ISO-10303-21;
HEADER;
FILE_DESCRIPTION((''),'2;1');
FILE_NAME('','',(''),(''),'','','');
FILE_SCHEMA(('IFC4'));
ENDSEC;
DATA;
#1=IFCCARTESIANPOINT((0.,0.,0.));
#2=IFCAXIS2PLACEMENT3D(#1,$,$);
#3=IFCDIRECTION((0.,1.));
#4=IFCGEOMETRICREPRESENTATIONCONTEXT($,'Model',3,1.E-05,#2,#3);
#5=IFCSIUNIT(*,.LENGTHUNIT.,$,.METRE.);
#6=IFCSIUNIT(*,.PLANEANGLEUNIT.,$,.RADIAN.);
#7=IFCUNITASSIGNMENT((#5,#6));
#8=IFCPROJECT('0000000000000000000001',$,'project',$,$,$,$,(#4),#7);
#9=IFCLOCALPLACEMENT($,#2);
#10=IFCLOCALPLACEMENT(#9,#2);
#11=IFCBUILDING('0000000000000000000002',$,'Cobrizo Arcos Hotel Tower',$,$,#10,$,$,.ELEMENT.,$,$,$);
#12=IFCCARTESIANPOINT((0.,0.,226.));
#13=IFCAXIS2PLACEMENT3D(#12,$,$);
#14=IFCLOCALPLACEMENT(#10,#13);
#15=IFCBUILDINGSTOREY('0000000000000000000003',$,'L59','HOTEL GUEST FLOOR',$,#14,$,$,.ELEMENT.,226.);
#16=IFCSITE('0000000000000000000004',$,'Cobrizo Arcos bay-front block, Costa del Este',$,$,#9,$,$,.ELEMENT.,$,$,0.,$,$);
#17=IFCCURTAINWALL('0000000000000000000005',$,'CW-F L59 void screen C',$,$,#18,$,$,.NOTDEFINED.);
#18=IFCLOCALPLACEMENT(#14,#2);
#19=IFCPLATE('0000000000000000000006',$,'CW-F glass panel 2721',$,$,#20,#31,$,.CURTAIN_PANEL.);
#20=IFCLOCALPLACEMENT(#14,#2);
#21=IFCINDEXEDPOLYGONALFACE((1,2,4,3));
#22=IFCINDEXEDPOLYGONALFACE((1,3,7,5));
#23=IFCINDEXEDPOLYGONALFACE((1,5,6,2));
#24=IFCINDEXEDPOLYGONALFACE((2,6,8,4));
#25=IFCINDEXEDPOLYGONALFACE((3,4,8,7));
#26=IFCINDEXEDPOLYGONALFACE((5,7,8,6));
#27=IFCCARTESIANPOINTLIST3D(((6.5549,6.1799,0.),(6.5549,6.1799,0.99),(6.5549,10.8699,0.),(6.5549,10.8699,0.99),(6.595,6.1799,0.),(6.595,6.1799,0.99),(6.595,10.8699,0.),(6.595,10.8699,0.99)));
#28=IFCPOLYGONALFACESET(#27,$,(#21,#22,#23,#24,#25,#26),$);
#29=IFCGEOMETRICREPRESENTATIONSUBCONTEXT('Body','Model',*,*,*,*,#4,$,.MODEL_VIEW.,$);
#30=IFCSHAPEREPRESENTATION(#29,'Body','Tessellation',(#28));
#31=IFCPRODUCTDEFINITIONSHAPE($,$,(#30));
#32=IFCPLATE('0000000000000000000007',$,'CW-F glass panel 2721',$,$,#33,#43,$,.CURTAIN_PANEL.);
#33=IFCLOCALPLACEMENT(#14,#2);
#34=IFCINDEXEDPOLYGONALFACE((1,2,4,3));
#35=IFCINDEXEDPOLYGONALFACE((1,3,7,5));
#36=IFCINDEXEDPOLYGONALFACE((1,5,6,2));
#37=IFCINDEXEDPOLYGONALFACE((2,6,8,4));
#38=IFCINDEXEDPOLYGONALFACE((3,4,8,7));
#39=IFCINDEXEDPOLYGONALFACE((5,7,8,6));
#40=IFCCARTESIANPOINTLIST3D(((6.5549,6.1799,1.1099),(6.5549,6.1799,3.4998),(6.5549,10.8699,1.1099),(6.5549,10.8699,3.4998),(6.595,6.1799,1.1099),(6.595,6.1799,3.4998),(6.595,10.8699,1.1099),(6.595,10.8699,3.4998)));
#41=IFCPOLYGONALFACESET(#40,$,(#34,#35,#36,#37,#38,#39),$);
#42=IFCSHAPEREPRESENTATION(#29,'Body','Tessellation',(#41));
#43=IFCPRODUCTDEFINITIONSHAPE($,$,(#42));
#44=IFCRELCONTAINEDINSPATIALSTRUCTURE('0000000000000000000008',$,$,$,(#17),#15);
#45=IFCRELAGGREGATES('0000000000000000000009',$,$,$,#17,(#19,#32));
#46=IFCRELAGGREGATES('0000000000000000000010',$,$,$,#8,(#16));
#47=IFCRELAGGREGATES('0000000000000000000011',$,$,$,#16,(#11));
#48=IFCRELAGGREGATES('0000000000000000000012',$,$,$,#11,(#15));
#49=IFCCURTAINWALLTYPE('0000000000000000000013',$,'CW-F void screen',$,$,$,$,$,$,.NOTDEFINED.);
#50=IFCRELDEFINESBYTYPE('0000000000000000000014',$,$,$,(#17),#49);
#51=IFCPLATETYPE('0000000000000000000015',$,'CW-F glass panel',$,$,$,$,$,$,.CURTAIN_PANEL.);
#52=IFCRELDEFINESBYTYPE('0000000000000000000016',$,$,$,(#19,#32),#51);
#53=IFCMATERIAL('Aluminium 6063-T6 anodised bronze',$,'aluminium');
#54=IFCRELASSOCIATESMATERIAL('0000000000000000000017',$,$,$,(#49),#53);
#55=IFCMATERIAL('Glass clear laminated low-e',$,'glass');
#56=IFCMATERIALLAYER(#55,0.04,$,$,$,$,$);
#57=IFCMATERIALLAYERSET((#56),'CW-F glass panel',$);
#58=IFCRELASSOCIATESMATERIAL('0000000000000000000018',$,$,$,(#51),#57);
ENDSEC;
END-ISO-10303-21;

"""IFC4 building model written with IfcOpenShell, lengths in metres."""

from ifc_helpers import new_model, si_unit, direction, frame, origin, origin_2d, place, context, subcontext, project, spatial, rectangle, extrude, material, layer, layer_set, type_object, element, aggregate, save


model = new_model("IFC4")

# Units and contexts
model_context = context("Model", 3, precision=1e-05, world=origin(), true_north=direction((0.0, 1.0)))
body_context = subcontext(model_context, "Body", "Model", "MODEL_VIEW")
ifc_project = project(units=[si_unit("LENGTHUNIT", "METRE"), si_unit("PLANEANGLEUNIT", "RADIAN")], contexts=[model_context])

# Site, building, storey
site_placement = place(None, origin())
site = spatial("IfcSite", under=ifc_project, at=site_placement, Name="Cobrizo Arcos bay-front block, Costa del Este", CompositionType="ELEMENT", RefElevation=0.0)
building_placement = place(site_placement, origin())
building = spatial("IfcBuilding", under=site, at=building_placement, Name="Cobrizo Arcos Hotel Tower", CompositionType="ELEMENT")
storey_placement = place(building_placement, frame((0.0, 0.0, 226.0)))
storey = spatial("IfcBuildingStorey", under=building, at=storey_placement, Name="L59", Description="HOTEL GUEST FLOOR", CompositionType="ELEMENT", Elevation=226.0)

# Curtain wall
ifc_material_1 = material(Name="Aluminium 6063-T6 anodised bronze", Category="aluminium")
curtain_wall_type = type_object("IfcCurtainWallType", Name="CW-F void screen", PredefinedType="NOTDEFINED", material=ifc_material_1)
curtain_wall_placement = place(storey_placement, origin())
curtain_wall = element("IfcCurtainWall", 1, at=curtain_wall_placement, inside=storey, type_object=curtain_wall_type, Name="CW-F L59 void screen C", PredefinedType="NOTDEFINED")

# Plates
ifc_material_2 = material(Name="Glass clear laminated low-e", Category="glass")
ifc_layer_1 = layer(ifc_material_2, 0.04)
ifc_layer_set_1 = layer_set([ifc_layer_1], Name="CW-F glass panel")
plate_type = type_object("IfcPlateType", Name="CW-F glass panel", PredefinedType="CURTAIN_PANEL", material=ifc_layer_set_1)
plate_1_placement = place(storey_placement, frame((6.575, 8.5249, 0.0), z_axis=(0.0, 0.0, 1.0), x_axis=(0.0, 1.0, 0.0)))
plate_1 = element("IfcPlate", 2, at=plate_1_placement, type_object=plate_type, Name="CW-F glass panel 2721", PredefinedType="CURTAIN_PANEL", context=body_context, shape_type="SweptSolid", body=[
    extrude(rectangle(XDim=4.6899, YDim=0.04, at=origin_2d()), origin(), (0.0, 0.0, 1.0), 0.99),
])
plate_2_placement = place(storey_placement, frame((6.575, 8.5249, 1.1099), z_axis=(0.0, 0.0, 1.0), x_axis=(0.0, 1.0, 0.0)))
plate_2 = element("IfcPlate", 3, at=plate_2_placement, type_object=plate_type, Name="CW-F glass panel 2721", PredefinedType="CURTAIN_PANEL", context=body_context, shape_type="SweptSolid", body=[
    extrude(rectangle(XDim=4.6899, YDim=0.04, at=origin_2d()), origin(), (0.0, 0.0, 1.0), 2.3899),
])
aggregate(curtain_wall, [plate_1, plate_2])

save(model, "model.ifc")
